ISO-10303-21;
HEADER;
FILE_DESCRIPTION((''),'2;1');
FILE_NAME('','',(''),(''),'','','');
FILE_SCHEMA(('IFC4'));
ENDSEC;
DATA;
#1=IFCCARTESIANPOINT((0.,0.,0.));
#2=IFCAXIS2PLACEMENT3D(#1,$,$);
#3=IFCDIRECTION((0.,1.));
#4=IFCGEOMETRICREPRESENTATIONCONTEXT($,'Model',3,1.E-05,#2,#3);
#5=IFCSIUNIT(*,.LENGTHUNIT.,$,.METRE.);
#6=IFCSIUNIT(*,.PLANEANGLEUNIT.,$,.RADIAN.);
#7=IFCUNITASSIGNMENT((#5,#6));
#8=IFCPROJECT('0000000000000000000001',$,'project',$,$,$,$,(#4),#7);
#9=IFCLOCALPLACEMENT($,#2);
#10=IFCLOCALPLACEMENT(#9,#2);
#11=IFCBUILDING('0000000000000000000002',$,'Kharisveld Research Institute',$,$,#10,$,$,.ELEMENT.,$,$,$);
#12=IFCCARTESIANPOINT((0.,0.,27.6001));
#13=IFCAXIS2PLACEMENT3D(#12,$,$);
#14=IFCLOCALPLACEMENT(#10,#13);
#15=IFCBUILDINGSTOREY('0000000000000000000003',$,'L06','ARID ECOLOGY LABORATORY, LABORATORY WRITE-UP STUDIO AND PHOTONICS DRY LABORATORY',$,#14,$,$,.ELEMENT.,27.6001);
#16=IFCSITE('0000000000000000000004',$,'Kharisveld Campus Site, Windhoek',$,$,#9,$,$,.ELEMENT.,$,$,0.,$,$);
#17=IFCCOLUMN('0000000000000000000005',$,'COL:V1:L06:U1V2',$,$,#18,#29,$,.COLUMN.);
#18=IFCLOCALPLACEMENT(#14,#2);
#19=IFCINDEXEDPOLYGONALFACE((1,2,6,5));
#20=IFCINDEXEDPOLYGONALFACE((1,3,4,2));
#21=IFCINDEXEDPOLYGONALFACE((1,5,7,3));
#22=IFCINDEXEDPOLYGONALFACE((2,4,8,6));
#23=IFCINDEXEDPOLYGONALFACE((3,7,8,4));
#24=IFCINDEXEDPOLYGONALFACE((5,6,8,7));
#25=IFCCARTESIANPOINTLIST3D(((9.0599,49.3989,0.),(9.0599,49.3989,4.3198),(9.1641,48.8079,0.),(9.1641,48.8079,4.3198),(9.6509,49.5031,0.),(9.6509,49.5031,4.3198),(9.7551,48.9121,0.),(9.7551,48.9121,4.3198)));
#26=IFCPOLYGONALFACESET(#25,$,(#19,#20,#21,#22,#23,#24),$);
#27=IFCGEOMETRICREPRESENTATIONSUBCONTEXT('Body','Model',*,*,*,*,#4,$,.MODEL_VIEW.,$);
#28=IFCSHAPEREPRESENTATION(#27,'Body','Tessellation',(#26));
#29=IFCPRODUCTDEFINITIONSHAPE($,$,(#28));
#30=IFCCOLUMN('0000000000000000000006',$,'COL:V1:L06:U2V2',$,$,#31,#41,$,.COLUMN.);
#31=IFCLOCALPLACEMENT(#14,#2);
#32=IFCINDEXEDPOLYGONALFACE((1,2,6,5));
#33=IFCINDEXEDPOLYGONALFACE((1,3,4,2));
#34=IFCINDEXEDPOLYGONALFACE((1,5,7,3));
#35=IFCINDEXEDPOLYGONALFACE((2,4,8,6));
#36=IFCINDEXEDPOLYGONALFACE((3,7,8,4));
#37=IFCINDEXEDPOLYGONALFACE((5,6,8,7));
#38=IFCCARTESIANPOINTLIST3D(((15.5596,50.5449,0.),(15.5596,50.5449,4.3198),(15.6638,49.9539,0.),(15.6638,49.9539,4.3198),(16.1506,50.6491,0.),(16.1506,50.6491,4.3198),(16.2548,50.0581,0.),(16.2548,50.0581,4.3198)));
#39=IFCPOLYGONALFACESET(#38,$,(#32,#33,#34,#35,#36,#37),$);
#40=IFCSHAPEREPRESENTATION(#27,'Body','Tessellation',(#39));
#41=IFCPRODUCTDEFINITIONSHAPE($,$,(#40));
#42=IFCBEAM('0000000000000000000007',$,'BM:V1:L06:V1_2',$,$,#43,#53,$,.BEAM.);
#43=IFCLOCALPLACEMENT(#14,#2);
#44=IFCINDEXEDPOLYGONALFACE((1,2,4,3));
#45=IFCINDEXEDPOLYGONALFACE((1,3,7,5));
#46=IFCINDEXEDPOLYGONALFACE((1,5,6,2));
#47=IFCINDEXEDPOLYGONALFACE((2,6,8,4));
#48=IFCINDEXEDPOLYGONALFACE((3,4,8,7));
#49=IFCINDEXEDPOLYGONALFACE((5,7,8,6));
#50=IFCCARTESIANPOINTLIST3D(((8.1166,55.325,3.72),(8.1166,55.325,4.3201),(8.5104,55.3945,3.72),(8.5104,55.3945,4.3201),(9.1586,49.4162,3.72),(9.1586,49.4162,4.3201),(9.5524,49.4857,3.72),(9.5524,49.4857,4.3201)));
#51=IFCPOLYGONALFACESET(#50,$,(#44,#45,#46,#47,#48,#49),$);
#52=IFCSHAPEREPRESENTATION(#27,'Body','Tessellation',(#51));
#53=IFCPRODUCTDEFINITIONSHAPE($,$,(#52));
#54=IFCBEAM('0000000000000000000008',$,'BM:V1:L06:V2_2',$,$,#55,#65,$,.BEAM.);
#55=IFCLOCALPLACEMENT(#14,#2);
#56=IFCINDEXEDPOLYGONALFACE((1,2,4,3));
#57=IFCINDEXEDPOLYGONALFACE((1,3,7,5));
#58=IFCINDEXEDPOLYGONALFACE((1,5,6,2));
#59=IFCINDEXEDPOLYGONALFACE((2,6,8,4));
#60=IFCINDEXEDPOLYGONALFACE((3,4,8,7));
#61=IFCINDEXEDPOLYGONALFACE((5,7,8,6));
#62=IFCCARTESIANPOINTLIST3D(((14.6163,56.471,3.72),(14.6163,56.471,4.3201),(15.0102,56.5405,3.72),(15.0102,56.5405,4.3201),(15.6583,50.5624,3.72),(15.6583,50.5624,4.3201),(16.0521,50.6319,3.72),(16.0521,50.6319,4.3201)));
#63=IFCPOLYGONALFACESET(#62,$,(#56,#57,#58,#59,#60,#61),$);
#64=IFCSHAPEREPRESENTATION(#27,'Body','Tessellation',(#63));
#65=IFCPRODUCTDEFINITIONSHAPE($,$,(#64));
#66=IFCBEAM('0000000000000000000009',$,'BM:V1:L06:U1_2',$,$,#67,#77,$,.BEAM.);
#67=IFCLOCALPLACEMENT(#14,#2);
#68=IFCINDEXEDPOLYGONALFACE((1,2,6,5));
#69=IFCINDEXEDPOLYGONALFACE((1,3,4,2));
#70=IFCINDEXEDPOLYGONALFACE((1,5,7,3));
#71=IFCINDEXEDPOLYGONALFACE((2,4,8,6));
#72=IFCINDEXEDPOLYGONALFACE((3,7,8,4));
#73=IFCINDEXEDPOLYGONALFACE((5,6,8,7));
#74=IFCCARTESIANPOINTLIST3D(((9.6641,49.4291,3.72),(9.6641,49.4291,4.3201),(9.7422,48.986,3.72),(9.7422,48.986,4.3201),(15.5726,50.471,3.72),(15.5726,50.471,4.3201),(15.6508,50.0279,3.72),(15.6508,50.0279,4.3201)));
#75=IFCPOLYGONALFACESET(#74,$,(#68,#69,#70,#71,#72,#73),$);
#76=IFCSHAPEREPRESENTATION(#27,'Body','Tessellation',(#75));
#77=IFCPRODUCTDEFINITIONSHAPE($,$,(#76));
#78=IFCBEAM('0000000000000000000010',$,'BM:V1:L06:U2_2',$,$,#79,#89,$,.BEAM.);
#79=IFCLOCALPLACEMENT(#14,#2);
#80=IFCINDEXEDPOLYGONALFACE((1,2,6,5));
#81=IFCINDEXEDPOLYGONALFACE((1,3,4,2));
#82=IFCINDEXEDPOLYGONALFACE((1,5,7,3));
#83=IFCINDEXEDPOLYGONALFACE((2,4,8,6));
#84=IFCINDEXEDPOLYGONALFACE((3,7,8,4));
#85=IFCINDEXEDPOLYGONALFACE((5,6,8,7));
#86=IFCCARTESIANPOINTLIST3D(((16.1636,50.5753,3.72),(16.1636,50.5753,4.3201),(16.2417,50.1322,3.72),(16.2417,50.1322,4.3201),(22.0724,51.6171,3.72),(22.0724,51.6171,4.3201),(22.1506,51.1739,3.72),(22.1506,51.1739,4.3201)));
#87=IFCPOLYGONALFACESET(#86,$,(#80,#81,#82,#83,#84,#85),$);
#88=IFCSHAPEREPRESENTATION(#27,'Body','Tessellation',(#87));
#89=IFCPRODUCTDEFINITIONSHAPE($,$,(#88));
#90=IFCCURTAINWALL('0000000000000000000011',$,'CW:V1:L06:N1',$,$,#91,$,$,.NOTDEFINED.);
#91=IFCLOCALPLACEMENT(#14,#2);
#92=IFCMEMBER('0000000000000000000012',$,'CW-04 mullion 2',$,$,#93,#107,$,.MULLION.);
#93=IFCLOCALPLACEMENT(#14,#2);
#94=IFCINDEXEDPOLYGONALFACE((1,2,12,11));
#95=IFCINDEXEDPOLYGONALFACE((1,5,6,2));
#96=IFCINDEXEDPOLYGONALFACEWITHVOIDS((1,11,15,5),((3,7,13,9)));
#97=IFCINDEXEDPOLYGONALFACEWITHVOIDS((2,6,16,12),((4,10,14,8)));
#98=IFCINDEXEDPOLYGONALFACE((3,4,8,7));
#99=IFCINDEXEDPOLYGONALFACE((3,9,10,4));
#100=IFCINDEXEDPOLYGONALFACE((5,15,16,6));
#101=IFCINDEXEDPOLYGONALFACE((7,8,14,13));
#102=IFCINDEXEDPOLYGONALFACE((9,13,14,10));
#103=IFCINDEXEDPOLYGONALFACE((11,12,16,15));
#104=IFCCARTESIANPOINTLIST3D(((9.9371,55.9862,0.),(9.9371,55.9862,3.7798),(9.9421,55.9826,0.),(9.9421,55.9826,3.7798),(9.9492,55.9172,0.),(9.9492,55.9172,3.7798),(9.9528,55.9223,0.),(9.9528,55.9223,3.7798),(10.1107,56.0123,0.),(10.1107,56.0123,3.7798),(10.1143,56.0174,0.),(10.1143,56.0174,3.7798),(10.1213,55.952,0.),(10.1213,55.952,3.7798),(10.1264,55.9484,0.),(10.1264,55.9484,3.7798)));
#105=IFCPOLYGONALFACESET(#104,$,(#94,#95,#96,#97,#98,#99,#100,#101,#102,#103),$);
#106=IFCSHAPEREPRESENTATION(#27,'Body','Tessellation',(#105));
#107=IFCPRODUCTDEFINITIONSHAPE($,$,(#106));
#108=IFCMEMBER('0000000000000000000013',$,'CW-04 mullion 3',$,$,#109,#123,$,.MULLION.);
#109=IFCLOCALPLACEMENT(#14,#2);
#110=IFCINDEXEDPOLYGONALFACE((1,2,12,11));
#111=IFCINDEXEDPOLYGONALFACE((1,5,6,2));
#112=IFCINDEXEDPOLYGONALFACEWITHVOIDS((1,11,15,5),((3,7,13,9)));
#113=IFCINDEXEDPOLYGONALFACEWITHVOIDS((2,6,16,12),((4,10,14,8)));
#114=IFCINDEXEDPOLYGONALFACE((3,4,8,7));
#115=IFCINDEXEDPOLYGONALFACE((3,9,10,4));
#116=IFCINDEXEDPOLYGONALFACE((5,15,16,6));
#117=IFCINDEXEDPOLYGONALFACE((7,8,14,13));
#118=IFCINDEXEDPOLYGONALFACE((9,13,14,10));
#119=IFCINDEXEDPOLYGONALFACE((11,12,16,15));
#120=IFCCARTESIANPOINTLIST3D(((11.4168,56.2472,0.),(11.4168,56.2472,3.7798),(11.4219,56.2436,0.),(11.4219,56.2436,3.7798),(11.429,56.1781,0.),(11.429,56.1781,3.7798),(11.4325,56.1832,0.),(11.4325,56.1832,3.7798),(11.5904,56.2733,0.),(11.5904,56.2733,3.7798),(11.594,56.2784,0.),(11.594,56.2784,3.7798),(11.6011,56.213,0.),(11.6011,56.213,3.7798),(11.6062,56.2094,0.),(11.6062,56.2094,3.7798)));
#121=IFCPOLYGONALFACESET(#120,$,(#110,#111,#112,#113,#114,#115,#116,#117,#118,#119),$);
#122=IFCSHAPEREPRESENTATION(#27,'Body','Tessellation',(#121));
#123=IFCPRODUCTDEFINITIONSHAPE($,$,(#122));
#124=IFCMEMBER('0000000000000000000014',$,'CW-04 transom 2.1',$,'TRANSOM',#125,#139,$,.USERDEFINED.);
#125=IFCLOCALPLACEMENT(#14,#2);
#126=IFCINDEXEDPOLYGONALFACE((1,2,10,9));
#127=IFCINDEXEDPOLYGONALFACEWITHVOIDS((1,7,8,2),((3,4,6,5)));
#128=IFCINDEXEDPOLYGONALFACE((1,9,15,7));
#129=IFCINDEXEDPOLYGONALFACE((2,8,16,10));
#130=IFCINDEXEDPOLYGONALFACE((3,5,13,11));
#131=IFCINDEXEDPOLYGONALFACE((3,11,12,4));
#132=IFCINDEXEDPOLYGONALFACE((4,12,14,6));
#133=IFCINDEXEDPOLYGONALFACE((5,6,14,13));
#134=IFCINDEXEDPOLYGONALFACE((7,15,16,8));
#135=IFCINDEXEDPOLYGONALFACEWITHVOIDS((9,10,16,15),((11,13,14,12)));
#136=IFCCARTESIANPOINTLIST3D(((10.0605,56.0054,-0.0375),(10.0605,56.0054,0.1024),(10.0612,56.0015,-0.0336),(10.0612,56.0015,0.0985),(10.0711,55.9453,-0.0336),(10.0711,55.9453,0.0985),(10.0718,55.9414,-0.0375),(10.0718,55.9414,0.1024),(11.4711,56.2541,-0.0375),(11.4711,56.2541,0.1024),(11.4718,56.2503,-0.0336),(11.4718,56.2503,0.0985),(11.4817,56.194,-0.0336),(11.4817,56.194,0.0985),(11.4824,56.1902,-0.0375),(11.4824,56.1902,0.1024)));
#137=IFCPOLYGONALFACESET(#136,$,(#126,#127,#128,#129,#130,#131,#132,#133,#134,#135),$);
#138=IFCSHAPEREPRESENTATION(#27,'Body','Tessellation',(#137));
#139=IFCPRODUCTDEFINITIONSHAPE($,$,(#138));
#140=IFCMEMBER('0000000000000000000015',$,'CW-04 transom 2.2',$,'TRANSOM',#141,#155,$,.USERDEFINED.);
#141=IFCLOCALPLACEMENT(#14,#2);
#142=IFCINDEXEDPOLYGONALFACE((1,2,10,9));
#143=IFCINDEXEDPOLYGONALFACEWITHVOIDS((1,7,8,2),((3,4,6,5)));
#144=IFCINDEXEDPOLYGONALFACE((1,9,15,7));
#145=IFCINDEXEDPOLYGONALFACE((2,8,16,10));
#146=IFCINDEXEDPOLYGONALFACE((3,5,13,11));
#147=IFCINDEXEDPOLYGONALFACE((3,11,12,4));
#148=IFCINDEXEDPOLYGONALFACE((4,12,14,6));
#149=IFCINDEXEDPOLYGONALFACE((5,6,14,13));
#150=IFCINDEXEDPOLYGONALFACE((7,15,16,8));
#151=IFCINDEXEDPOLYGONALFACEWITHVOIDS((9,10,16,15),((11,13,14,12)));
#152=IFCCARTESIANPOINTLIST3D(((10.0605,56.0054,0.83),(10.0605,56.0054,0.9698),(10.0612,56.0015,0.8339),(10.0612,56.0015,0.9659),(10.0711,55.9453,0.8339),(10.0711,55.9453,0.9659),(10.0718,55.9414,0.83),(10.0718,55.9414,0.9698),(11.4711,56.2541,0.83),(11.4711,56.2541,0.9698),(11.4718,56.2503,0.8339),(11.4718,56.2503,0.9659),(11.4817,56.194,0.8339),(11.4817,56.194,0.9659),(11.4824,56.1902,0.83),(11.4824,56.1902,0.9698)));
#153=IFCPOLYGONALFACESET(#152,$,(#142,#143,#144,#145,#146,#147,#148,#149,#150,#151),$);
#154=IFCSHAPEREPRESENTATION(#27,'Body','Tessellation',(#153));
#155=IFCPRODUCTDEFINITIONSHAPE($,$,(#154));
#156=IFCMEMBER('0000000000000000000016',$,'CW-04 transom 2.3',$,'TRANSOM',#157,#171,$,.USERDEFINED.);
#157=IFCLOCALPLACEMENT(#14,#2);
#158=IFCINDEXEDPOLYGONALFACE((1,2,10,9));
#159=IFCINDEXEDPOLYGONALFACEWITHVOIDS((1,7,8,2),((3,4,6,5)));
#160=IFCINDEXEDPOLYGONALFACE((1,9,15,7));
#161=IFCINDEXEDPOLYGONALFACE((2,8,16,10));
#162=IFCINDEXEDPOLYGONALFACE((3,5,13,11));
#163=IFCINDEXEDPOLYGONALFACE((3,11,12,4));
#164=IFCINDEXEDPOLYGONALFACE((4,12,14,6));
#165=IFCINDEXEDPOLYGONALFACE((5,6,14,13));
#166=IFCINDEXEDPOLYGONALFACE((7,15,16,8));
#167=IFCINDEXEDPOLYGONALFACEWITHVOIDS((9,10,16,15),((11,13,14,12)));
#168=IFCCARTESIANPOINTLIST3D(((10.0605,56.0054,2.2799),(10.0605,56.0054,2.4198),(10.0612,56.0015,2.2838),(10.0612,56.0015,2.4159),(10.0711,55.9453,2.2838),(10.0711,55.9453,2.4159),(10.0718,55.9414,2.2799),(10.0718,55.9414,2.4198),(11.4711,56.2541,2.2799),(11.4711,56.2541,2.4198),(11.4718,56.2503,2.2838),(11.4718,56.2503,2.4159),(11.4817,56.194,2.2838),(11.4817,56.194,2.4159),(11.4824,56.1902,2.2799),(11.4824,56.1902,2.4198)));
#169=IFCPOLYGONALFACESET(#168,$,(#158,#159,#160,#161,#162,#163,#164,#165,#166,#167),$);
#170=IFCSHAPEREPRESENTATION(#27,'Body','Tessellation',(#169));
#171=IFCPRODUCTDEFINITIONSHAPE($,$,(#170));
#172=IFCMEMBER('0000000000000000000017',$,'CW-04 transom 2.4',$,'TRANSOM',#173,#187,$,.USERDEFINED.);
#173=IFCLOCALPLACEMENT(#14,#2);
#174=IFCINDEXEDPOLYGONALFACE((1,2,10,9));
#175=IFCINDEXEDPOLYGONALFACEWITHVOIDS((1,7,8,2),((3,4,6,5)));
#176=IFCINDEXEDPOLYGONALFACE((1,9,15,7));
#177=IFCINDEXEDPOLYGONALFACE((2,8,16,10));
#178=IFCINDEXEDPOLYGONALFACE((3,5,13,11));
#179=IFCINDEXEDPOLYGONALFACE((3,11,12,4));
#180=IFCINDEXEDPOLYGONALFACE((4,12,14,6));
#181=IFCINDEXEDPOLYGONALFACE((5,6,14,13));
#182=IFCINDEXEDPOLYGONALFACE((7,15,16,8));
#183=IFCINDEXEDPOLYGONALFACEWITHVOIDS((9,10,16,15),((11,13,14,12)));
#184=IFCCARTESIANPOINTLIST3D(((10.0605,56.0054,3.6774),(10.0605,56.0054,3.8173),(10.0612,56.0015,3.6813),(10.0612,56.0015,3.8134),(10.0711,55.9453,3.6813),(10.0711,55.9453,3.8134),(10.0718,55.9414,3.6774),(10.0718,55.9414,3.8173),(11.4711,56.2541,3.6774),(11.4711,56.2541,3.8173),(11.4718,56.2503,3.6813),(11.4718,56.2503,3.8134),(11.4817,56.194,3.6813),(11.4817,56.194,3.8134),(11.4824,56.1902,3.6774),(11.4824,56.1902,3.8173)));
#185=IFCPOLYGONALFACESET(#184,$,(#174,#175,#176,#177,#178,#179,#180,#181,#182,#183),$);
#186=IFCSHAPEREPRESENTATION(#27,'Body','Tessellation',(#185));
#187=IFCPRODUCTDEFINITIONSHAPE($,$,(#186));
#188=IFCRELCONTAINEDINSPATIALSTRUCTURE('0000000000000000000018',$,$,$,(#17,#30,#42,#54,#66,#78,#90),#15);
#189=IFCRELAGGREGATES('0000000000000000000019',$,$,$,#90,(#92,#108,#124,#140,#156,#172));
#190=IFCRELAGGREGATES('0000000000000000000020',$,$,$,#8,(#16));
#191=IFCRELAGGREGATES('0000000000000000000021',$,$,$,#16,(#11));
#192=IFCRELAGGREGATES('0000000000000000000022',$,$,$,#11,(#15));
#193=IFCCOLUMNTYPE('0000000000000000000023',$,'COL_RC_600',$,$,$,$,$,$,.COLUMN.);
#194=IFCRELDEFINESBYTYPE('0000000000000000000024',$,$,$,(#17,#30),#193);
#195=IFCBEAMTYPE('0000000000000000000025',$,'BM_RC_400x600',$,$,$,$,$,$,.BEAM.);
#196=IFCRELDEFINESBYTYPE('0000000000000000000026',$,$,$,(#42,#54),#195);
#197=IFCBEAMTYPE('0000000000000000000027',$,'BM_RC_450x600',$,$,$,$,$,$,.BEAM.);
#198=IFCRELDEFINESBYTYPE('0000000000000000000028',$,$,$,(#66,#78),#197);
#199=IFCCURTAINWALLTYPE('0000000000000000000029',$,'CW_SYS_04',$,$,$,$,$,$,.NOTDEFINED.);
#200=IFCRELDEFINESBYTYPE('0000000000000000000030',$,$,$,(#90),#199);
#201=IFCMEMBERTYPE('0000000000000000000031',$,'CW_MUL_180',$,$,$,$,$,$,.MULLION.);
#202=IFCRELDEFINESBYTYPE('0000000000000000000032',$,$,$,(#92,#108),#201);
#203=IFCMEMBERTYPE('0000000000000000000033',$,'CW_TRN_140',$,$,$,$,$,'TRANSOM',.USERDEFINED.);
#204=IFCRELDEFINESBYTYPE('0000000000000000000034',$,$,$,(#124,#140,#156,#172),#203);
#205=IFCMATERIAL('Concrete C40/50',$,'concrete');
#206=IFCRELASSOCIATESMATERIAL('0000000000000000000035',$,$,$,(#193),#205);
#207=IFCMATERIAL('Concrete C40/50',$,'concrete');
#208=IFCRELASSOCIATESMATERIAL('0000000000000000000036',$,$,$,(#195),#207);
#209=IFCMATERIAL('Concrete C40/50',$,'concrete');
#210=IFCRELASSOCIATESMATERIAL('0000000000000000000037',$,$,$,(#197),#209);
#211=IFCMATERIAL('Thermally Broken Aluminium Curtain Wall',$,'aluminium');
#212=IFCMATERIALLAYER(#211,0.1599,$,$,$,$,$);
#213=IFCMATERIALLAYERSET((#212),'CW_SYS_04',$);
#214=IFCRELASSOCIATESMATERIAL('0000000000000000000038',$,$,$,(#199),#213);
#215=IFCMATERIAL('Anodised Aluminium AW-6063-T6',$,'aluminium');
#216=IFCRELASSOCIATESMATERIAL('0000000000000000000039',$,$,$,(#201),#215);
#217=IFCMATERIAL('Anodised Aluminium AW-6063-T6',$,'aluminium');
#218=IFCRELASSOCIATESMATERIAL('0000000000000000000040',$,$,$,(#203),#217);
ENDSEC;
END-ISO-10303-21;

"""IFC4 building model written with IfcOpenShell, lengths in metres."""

from ifc_helpers import new_model, si_unit, direction, frame, origin, origin_2d, place, context, subcontext, project, spatial, rectangle, hollow_rectangle, extrude, material, layer, layer_set, material_profile, profile_set, type_object, element, aggregate, save


model = new_model("IFC4")

# Units and contexts
model_context = context("Model", 3, precision=1e-05, world=origin(), true_north=direction((0.0, 1.0)))
body_context = subcontext(model_context, "Body", "Model", "MODEL_VIEW")
ifc_project = project(units=[si_unit("LENGTHUNIT", "METRE"), si_unit("PLANEANGLEUNIT", "RADIAN")], contexts=[model_context])

# Site, building, storey
site_placement = place(None, origin())
site = spatial("IfcSite", under=ifc_project, at=site_placement, Name="Kharisveld Campus Site, Windhoek", CompositionType="ELEMENT", RefElevation=0.0)
building_placement = place(site_placement, origin())
building = spatial("IfcBuilding", under=site, at=building_placement, Name="Kharisveld Research Institute", CompositionType="ELEMENT")
storey_placement = place(building_placement, frame((0.0, 0.0, 27.6001)))
storey = spatial("IfcBuildingStorey", under=building, at=storey_placement, Name="L06", Description="ARID ECOLOGY LABORATORY, LABORATORY WRITE-UP STUDIO AND PHOTONICS DRY LABORATORY", CompositionType="ELEMENT", Elevation=27.6001)

# Columns
ifc_material_1 = material(Name="Concrete C40/50", Category="concrete")
ifc_material_profile_1 = material_profile(ifc_material_1, rectangle(XDim=0.6001, YDim=0.6001, at=origin_2d()))
ifc_profile_set_1 = profile_set([ifc_material_profile_1], Name="Concrete C40/50")
column_type = type_object("IfcColumnType", Name="COL_RC_600", PredefinedType="COLUMN", material=ifc_profile_set_1)
for number, where, z_axis, x_axis, name in (
    (1, (9.4075, 49.1555, 0.0), (0.0, 0.0, 1.0), (0.984808, 0.173648, 0.0), "COL:V1:L06:U1V2"),
    (2, (15.9072, 50.3015, 0.0), (0.0, 0.0, 1.0), (0.984808, 0.173648, 0.0), "COL:V1:L06:U2V2"),
):
    element("IfcColumn", number, at=place(storey_placement, frame(where, z_axis=z_axis, x_axis=x_axis)), inside=storey, type_object=column_type, Name=name, PredefinedType="COLUMN", context=body_context, shape_type="SweptSolid", body=[
        extrude(rectangle(XDim=0.6001, YDim=0.6001, at=origin_2d()), origin(), (0.0, 0.0, 1.0), 4.3198),
    ])

# Beams
ifc_material_2 = material(Name="Concrete C40/50", Category="concrete")
ifc_material_profile_2 = material_profile(ifc_material_2, rectangle(XDim=0.3999, YDim=0.6001, at=origin_2d()))
ifc_profile_set_2 = profile_set([ifc_material_profile_2], Name="Concrete C40/50")
beam_type_1 = type_object("IfcBeamType", Name="BM_RC_400x600", PredefinedType="BEAM", material=ifc_profile_set_2)
beam_1_placement = place(storey_placement, frame((9.3555, 49.4509, 4.02), z_axis=(-0.173662, 0.984805, 0.0), x_axis=(-0.984805, -0.173662, 0.0)))
element("IfcBeam", 3, at=beam_1_placement, inside=storey, type_object=beam_type_1, Name="BM:V1:L06:V1_2", PredefinedType="BEAM", context=body_context, shape_type="SweptSolid", body=[
    extrude(rectangle(XDim=0.3999, YDim=0.6001, at=origin_2d()), origin(), (0.0, 0.0, 1.0), 6.0),
])
beam_2_placement = place(storey_placement, frame((15.8552, 50.5972, 4.02), z_axis=(-0.173669, 0.984804, 0.0), x_axis=(-0.984804, -0.173669, 0.0)))
element("IfcBeam", 4, at=beam_2_placement, inside=storey, type_object=beam_type_1, Name="BM:V1:L06:V2_2", PredefinedType="BEAM", context=body_context, shape_type="SweptSolid", body=[
    extrude(rectangle(XDim=0.3999, YDim=0.6001, at=origin_2d()), origin(), (0.0, 0.0, 1.0), 5.9998),
])
ifc_material_3 = material(Name="Concrete C40/50", Category="concrete")
ifc_material_profile_3 = material_profile(ifc_material_3, rectangle(XDim=0.45, YDim=0.6001, at=origin_2d()))
ifc_profile_set_3 = profile_set([ifc_material_profile_3], Name="Concrete C40/50")
beam_type_2 = type_object("IfcBeamType", Name="BM_RC_450x600", PredefinedType="BEAM", material=ifc_profile_set_3)
beam_3_placement = place(storey_placement, frame((9.7031, 49.2075, 4.02), z_axis=(0.984804, 0.173669, 0.0), x_axis=(-0.173669, 0.984804, 0.0)))
element("IfcBeam", 5, at=beam_3_placement, inside=storey, type_object=beam_type_2, Name="BM:V1:L06:U1_2", PredefinedType="BEAM", context=body_context, shape_type="SweptSolid", body=[
    extrude(rectangle(XDim=0.45, YDim=0.6001, at=origin_2d()), origin(), (0.0, 0.0, 1.0), 5.9998),
])
beam_4_placement = place(storey_placement, frame((16.2026, 50.3538, 4.02), z_axis=(0.984812, 0.173623, 0.0), x_axis=(-0.173623, 0.984812, 0.0)))
element("IfcBeam", 6, at=beam_4_placement, inside=storey, type_object=beam_type_2, Name="BM:V1:L06:U2_2", PredefinedType="BEAM", context=body_context, shape_type="SweptSolid", body=[
    extrude(rectangle(XDim=0.45, YDim=0.6001, at=origin_2d()), origin(), (0.0, 0.0, 1.0), 6.0),
])

# Curtain wall, members
ifc_material_4 = material(Name="Thermally Broken Aluminium Curtain Wall", Category="aluminium")
ifc_layer_1 = layer(ifc_material_4, 0.1599)
ifc_layer_set_1 = layer_set([ifc_layer_1], Name="CW_SYS_04")
curtain_wall_type = type_object("IfcCurtainWallType", Name="CW_SYS_04", PredefinedType="NOTDEFINED", material=ifc_layer_set_1)
curtain_wall_placement = place(storey_placement, origin())
curtain_wall = element("IfcCurtainWall", 7, at=curtain_wall_placement, inside=storey, type_object=curtain_wall_type, Name="CW:V1:L06:N1", PredefinedType="NOTDEFINED")
ifc_material_5 = material(Name="Anodised Aluminium AW-6063-T6", Category="aluminium")
ifc_material_profile_4 = material_profile(ifc_material_5, hollow_rectangle(XDim=0.0701, YDim=0.1799, WallThickness=0.0044, at=origin_2d()))
ifc_profile_set_4 = profile_set([ifc_material_profile_4], Name="Anodised Aluminium AW-6063-T6")
member_type_1 = type_object("IfcMemberType", Name="CW_MUL_180", PredefinedType="MULLION", material=ifc_profile_set_4)
member_1_placement = place(storey_placement, frame((10.0317, 55.9673, 0.0), z_axis=(0.0, 0.0, 1.0), x_axis=(-0.173648, 0.984808, 0.0)))
member_1 = element("IfcMember", 8, at=member_1_placement, type_object=member_type_1, Name="CW-04 mullion 2", PredefinedType="MULLION", context=body_context, shape_type="SweptSolid", body=[
    extrude(hollow_rectangle(XDim=0.0701, YDim=0.1799, WallThickness=0.0044, at=origin_2d()), origin(), (0.0, 0.0, 1.0), 3.7798),
])
member_2_placement = place(storey_placement, frame((11.5115, 56.2283, 0.0), z_axis=(0.0, 0.0, 1.0), x_axis=(-0.173648, 0.984808, 0.0)))
member_2 = element("IfcMember", 9, at=member_2_placement, type_object=member_type_1, Name="CW-04 mullion 3", PredefinedType="MULLION", context=body_context, shape_type="SweptSolid", body=[
    extrude(hollow_rectangle(XDim=0.0701, YDim=0.1799, WallThickness=0.0044, at=origin_2d()), origin(), (0.0, 0.0, 1.0), 3.7798),
])
ifc_material_6 = material(Name="Anodised Aluminium AW-6063-T6", Category="aluminium")
ifc_material_profile_5 = material_profile(ifc_material_6, hollow_rectangle(XDim=0.0649, YDim=0.1399, WallThickness=0.0039, at=origin_2d()))
ifc_profile_set_5 = profile_set([ifc_material_profile_5], Name="Anodised Aluminium AW-6063-T6")
member_type_2 = type_object("IfcMemberType", Name="CW_TRN_140", ElementType="TRANSOM", PredefinedType="USERDEFINED", material=ifc_profile_set_5)
member_3_placement = place(storey_placement, frame((10.0662, 55.9734, 0.0325), z_axis=(0.984802, 0.173678, 0.0), x_axis=(-0.173678, 0.984802, 0.0)))
member_3 = element("IfcMember", 10, at=member_3_placement, type_object=member_type_2, Name="CW-04 transom 2.1", ObjectType="TRANSOM", PredefinedType="USERDEFINED", context=body_context, shape_type="SweptSolid", body=[
    extrude(hollow_rectangle(XDim=0.0649, YDim=0.1399, WallThickness=0.0039, at=origin_2d()), origin(), (0.0, 0.0, 1.0), 1.4324),
])
member_4_placement = place(storey_placement, frame((10.0662, 55.9734, 0.8999), z_axis=(0.984802, 0.173678, 0.0), x_axis=(-0.173678, 0.984802, 0.0)))
member_4 = element("IfcMember", 11, at=member_4_placement, type_object=member_type_2, Name="CW-04 transom 2.2", ObjectType="TRANSOM", PredefinedType="USERDEFINED", context=body_context, shape_type="SweptSolid", body=[
    extrude(hollow_rectangle(XDim=0.0649, YDim=0.1399, WallThickness=0.0039, at=origin_2d()), origin(), (0.0, 0.0, 1.0), 1.4324),
])
member_5_placement = place(storey_placement, frame((10.0662, 55.9734, 2.3499), z_axis=(0.984802, 0.173678, 0.0), x_axis=(-0.173678, 0.984802, 0.0)))
member_5 = element("IfcMember", 12, at=member_5_placement, type_object=member_type_2, Name="CW-04 transom 2.3", ObjectType="TRANSOM", PredefinedType="USERDEFINED", context=body_context, shape_type="SweptSolid", body=[
    extrude(hollow_rectangle(XDim=0.0649, YDim=0.1399, WallThickness=0.0039, at=origin_2d()), origin(), (0.0, 0.0, 1.0), 1.4324),
])
member_6_placement = place(storey_placement, frame((10.0662, 55.9734, 3.7473), z_axis=(0.984802, 0.173678, 0.0), x_axis=(-0.173678, 0.984802, 0.0)))
member_6 = element("IfcMember", 13, at=member_6_placement, type_object=member_type_2, Name="CW-04 transom 2.4", ObjectType="TRANSOM", PredefinedType="USERDEFINED", context=body_context, shape_type="SweptSolid", body=[
    extrude(hollow_rectangle(XDim=0.0649, YDim=0.1399, WallThickness=0.0039, at=origin_2d()), origin(), (0.0, 0.0, 1.0), 1.4324),
])

aggregate(curtain_wall, [member_1, member_2, member_3, member_4, member_5, member_6])

save(model, "model.ifc")
